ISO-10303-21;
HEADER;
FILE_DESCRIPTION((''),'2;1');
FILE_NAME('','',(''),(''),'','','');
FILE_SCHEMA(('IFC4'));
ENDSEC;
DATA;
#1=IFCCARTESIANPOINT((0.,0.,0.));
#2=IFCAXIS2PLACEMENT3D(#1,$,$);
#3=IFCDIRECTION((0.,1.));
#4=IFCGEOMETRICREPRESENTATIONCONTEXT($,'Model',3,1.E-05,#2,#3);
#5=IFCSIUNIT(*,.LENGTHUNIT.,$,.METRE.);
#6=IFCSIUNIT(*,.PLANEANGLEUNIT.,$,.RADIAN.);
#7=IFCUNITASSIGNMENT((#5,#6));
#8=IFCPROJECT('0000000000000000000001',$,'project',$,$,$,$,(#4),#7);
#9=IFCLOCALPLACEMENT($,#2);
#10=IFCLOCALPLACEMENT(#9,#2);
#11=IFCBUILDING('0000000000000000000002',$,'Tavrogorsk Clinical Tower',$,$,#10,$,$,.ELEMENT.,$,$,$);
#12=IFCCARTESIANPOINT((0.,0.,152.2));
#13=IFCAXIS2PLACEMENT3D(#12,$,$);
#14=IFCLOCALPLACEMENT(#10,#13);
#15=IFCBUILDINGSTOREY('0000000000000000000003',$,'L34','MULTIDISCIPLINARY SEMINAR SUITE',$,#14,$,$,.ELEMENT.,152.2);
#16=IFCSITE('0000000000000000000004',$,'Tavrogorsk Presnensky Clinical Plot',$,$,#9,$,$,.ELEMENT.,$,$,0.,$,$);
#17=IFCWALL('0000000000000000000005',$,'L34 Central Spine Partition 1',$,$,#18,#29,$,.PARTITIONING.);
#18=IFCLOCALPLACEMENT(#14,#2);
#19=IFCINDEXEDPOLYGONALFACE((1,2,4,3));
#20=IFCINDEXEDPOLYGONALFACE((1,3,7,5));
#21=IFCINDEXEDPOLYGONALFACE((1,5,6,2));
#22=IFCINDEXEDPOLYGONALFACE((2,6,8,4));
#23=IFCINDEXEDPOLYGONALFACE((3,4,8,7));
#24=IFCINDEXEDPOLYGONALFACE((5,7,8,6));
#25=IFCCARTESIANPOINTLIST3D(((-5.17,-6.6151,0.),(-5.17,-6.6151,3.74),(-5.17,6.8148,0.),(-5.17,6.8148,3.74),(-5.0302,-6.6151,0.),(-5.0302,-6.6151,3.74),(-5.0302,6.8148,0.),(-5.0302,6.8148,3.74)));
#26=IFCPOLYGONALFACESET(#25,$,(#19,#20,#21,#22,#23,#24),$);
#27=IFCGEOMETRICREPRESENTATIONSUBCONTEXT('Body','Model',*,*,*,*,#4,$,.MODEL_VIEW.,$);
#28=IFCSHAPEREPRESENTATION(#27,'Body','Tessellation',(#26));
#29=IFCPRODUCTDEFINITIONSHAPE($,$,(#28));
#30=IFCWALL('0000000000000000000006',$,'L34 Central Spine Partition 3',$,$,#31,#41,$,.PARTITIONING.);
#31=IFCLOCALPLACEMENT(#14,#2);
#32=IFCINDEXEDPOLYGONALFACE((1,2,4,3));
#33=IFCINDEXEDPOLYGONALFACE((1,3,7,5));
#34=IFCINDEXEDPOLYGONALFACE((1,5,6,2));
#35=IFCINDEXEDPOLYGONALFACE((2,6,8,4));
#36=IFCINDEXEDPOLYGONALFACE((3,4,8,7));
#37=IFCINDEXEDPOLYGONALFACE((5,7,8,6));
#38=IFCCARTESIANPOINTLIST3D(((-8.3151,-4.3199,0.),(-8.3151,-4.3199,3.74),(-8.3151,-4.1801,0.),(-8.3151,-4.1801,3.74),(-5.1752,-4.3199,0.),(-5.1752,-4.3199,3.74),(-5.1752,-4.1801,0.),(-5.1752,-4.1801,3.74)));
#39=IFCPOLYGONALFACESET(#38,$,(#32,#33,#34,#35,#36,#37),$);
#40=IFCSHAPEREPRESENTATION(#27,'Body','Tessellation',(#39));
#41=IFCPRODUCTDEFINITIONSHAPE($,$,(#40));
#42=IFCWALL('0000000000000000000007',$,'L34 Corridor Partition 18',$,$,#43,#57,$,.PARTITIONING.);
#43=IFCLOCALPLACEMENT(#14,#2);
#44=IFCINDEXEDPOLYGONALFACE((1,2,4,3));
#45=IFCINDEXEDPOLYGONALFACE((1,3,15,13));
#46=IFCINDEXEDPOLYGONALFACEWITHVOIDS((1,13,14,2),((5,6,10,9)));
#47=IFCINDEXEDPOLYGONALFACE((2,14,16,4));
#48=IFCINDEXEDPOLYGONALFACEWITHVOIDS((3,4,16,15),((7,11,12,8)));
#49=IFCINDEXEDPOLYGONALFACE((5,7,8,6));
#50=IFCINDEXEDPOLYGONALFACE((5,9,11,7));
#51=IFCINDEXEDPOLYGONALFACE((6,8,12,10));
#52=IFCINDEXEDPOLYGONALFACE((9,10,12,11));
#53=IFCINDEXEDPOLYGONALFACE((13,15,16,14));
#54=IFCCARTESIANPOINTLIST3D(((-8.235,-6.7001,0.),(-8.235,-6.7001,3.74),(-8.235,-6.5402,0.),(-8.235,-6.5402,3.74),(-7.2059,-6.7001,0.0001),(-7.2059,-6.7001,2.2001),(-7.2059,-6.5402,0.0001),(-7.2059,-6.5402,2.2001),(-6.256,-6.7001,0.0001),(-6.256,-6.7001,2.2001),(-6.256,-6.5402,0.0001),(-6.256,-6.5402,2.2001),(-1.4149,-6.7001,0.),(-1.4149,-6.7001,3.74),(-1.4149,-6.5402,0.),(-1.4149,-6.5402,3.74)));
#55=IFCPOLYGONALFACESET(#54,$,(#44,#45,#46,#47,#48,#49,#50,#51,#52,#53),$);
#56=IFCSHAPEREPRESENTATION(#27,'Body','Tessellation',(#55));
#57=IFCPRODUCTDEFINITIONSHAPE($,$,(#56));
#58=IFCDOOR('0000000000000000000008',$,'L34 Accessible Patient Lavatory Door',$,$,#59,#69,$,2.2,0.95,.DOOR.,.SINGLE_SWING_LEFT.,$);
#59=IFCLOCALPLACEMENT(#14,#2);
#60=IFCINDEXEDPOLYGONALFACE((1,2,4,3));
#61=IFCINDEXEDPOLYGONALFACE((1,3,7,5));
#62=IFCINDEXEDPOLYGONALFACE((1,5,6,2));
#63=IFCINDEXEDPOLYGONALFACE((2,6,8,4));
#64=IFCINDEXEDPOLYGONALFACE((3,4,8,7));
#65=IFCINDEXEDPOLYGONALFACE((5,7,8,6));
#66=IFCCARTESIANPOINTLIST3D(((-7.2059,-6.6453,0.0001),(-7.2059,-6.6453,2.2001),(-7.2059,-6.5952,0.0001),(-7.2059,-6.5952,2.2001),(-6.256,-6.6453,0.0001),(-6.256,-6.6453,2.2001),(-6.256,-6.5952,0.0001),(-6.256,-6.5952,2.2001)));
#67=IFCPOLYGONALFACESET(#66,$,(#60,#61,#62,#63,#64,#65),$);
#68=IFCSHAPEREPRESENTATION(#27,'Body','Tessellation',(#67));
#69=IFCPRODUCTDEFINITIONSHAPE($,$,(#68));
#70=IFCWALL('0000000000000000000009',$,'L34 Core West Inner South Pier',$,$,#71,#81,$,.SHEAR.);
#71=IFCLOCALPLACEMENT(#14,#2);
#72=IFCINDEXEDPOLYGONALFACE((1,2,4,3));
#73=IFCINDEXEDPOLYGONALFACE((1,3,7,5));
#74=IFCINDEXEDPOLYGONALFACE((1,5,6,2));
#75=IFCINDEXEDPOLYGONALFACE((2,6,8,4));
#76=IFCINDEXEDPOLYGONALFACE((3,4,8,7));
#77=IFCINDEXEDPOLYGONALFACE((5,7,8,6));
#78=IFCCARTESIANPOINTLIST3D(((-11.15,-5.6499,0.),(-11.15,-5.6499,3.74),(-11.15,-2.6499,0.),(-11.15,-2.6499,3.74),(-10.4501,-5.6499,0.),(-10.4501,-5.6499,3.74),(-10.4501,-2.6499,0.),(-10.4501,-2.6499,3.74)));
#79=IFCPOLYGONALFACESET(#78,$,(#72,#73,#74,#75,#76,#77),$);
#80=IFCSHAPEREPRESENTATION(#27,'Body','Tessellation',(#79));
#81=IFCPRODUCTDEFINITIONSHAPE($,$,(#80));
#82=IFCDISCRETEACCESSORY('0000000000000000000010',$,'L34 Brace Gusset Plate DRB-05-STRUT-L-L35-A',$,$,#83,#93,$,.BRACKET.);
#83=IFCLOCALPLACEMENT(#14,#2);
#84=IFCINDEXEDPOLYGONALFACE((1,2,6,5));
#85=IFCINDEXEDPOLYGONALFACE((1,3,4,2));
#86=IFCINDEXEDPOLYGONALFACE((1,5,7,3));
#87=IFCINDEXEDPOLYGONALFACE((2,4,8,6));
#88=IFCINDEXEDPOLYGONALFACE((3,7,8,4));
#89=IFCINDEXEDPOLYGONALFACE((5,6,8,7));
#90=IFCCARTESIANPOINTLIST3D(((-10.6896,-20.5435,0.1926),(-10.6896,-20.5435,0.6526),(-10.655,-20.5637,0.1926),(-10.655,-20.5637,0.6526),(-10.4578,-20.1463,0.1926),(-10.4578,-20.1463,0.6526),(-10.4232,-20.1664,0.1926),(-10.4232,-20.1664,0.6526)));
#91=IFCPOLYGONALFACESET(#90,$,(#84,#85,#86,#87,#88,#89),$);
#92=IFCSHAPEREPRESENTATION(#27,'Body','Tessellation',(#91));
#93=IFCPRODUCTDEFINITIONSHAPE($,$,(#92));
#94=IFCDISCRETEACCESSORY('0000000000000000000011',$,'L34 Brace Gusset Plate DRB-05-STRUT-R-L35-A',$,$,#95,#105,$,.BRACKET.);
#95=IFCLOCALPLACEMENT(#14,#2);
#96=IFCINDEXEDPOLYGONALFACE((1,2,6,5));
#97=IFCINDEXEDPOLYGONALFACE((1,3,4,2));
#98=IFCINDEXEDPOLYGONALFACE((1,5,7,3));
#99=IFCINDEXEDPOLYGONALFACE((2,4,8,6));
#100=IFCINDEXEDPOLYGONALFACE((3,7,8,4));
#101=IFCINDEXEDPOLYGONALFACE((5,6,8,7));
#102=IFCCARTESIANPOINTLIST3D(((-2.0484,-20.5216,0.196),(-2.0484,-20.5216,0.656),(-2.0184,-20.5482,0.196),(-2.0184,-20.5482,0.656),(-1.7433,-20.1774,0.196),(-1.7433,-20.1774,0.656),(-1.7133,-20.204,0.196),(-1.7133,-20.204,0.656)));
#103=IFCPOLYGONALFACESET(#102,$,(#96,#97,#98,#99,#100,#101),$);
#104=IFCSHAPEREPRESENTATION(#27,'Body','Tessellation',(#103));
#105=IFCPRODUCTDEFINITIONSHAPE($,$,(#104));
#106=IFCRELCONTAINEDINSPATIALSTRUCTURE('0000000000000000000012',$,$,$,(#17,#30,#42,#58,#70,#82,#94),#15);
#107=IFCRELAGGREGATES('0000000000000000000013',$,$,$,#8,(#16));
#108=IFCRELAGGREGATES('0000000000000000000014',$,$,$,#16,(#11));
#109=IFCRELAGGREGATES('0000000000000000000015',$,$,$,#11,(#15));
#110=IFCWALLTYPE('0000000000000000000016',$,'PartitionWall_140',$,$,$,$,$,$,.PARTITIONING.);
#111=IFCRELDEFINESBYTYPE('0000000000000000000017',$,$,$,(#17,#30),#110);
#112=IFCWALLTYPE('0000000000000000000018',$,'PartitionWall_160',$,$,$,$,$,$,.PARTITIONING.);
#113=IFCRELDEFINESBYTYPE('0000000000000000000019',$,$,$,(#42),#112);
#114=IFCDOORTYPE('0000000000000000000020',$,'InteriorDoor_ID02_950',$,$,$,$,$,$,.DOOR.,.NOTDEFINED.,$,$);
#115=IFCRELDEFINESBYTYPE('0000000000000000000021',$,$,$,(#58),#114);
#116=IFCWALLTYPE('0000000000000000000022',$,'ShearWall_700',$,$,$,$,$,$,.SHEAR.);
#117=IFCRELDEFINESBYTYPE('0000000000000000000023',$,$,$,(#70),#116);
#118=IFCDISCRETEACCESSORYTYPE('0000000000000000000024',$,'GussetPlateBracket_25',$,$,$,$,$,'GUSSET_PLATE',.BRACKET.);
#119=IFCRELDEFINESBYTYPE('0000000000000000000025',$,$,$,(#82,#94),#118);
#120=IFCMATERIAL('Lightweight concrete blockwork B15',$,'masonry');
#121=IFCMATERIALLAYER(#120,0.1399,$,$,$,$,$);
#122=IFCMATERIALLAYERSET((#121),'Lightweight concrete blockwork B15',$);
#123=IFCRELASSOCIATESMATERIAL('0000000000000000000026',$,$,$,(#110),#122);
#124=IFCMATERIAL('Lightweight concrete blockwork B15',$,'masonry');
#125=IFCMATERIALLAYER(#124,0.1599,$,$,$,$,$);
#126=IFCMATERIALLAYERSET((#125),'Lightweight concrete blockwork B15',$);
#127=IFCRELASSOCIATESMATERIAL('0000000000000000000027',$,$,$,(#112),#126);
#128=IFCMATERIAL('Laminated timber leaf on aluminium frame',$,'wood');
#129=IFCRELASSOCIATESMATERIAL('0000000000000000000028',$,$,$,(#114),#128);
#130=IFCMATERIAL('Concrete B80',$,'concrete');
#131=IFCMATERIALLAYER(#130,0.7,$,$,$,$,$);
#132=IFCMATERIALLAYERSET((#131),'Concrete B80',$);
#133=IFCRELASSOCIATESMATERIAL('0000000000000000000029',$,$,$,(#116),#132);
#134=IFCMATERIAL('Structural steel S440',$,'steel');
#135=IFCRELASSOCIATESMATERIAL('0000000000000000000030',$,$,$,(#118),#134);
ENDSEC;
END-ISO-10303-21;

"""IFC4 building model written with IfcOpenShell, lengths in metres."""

from ifc_helpers import new_model, si_unit, direction, frame, frame_2d, origin, origin_2d, place, context, subcontext, project, spatial, rectangle, extrude, material, layer, layer_set, type_object, element, fill, save


model = new_model("IFC4")

# Units and contexts
model_context = context("Model", 3, precision=1e-05, world=origin(), true_north=direction((0.0, 1.0)))
body_context = subcontext(model_context, "Body", "Model", "MODEL_VIEW")
ifc_project = project(units=[si_unit("LENGTHUNIT", "METRE"), si_unit("PLANEANGLEUNIT", "RADIAN")], contexts=[model_context])

# Site, building, storey
site_placement = place(None, origin())
site = spatial("IfcSite", under=ifc_project, at=site_placement, Name="Tavrogorsk Presnensky Clinical Plot", CompositionType="ELEMENT", RefElevation=0.0)
building_placement = place(site_placement, origin())
building = spatial("IfcBuilding", under=site, at=building_placement, Name="Tavrogorsk Clinical Tower", CompositionType="ELEMENT")
storey_placement = place(building_placement, frame((0.0, 0.0, 152.2)))
storey = spatial("IfcBuildingStorey", under=building, at=storey_placement, Name="L34", Description="MULTIDISCIPLINARY SEMINAR SUITE", CompositionType="ELEMENT", Elevation=152.2)

# Walls
ifc_material_1 = material(Name="Lightweight concrete blockwork B15", Category="masonry")
ifc_layer_1 = layer(ifc_material_1, 0.1399)
ifc_layer_set_1 = layer_set([ifc_layer_1], Name="Lightweight concrete blockwork B15")
wall_type_1 = type_object("IfcWallType", Name="PartitionWall_140", PredefinedType="PARTITIONING", material=ifc_layer_set_1)
wall_1_placement = place(storey_placement, frame((-5.1001, -6.615, 0.0), z_axis=(0.0, 0.0, 1.0), x_axis=(0.0, 1.0, 0.0)))
element("IfcWall", 1, at=wall_1_placement, inside=storey, type_object=wall_type_1, Name="L34 Central Spine Partition 1", PredefinedType="PARTITIONING", context=body_context, shape_type="SweptSolid", body=[
    extrude(rectangle(XDim=13.4299, YDim=0.1399, at=frame_2d((6.7148, 0.0))), origin(), (0.0, 0.0, 1.0), 3.74),
])
wall_2_placement = place(storey_placement, frame((-8.3149, -4.25, 0.0), z_axis=(0.0, 0.0, 1.0), x_axis=(1.0, 0.0, 0.0)))
element("IfcWall", 2, at=wall_2_placement, inside=storey, type_object=wall_type_1, Name="L34 Central Spine Partition 3", PredefinedType="PARTITIONING", context=body_context, shape_type="SweptSolid", body=[
    extrude(rectangle(XDim=3.1399, YDim=0.1399, at=frame_2d((1.5698, 0.0))), origin(), (0.0, 0.0, 1.0), 3.74),
])

# Wall, opening, door
ifc_material_2 = material(Name="Lightweight concrete blockwork B15", Category="masonry")
ifc_layer_2 = layer(ifc_material_2, 0.1599)
ifc_layer_set_2 = layer_set([ifc_layer_2], Name="Lightweight concrete blockwork B15")
wall_type_2 = type_object("IfcWallType", Name="PartitionWall_160", PredefinedType="PARTITIONING", material=ifc_layer_set_2)
wall_3_placement = place(storey_placement, frame((-8.2351, -6.6201, 0.0), z_axis=(0.0, 0.0, 1.0), x_axis=(1.0, 0.0, 0.0)))
wall_3 = element("IfcWall", 3, at=wall_3_placement, inside=storey, type_object=wall_type_2, Name="L34 Corridor Partition 18", PredefinedType="PARTITIONING", context=body_context, shape_type="SweptSolid", body=[
    extrude(rectangle(XDim=6.8201, YDim=0.1599, at=frame_2d((3.4102, 0.0))), origin(), (0.0, 0.0, 1.0), 3.74),
])
opening_placement = place(wall_3_placement, frame((1.0291, 0.0, 0.0)))
opening = element("IfcOpeningElement", 4, at=opening_placement, cuts=wall_3, PredefinedType="OPENING", context=body_context, shape_type="SweptSolid", body=[
    extrude(rectangle(XDim=0.95, YDim=2.2, at=frame_2d((0.4751, 1.1001))), frame((0.0, 0.0898, 0.0), z_axis=(0.0, -1.0, 0.0), x_axis=(1.0, 0.0, 0.0)), (0.0, 0.0, 1.0), 0.1799),
])
ifc_material_3 = material(Name="Laminated timber leaf on aluminium frame", Category="wood")
door_type = type_object("IfcDoorType", Name="InteriorDoor_ID02_950", OperationType="NOTDEFINED", PredefinedType="DOOR", material=ifc_material_3)
door_placement = place(opening_placement, origin())
door = element("IfcDoor", 5, at=door_placement, inside=storey, type_object=door_type, Name="L34 Accessible Patient Lavatory Door", OperationType="SINGLE_SWING_LEFT", OverallHeight=2.2, OverallWidth=0.95, PredefinedType="DOOR", context=body_context, shape_type="SweptSolid", body=[
    extrude(rectangle(XDim=0.95, YDim=2.2, at=frame_2d((0.4751, 1.1001))), frame((0.0, 0.0249, 0.0), z_axis=(0.0, -1.0, 0.0), x_axis=(1.0, 0.0, 0.0)), (0.0, 0.0, 1.0), 0.05),
])
fill(opening, door)

# Wall
ifc_material_4 = material(Name="Concrete B80", Category="concrete")
ifc_layer_3 = layer(ifc_material_4, 0.7)
ifc_layer_set_3 = layer_set([ifc_layer_3], Name="Concrete B80")
wall_type_3 = type_object("IfcWallType", Name="ShearWall_700", PredefinedType="SHEAR", material=ifc_layer_set_3)
wall_4_placement = place(storey_placement, frame((-10.8, -5.6499, 0.0), z_axis=(0.0, 0.0, 1.0), x_axis=(0.0, 1.0, 0.0)))
element("IfcWall", 6, at=wall_4_placement, inside=storey, type_object=wall_type_3, Name="L34 Core West Inner South Pier", PredefinedType="SHEAR", context=body_context, shape_type="SweptSolid", body=[
    extrude(rectangle(XDim=3.0, YDim=0.7, at=frame_2d((1.5, 0.0))), origin(), (0.0, 0.0, 1.0), 3.74),
])

# Discrete accessories
ifc_material_5 = material(Name="Structural steel S440", Category="steel")
discrete_accessory_type = type_object("IfcDiscreteAccessoryType", Name="GussetPlateBracket_25", ElementType="GUSSET_PLATE", PredefinedType="BRACKET", material=ifc_material_5)
for number, where, z_axis, x_axis, name in (
    (7, (-10.5564, -20.355, 0.1926), (0.0, 0.0, 1.0), (-0.504075, -0.86366, 0.0), "L34 Brace Gusset Plate DRB-05-STRUT-L-L35-A"),
    (8, (-1.8809, -20.3628, 0.196), (0.0, 0.0, 1.0), (-0.663273, -0.748377, 0.0), "L34 Brace Gusset Plate DRB-05-STRUT-R-L35-A"),
):
    element("IfcDiscreteAccessory", number, at=place(storey_placement, frame(where, z_axis=z_axis, x_axis=x_axis)), inside=storey, type_object=discrete_accessory_type, Name=name, PredefinedType="BRACKET", context=body_context, shape_type="SweptSolid", body=[
        extrude(rectangle(XDim=0.46, YDim=0.04, at=origin_2d()), origin(), (0.0, 0.0, 1.0), 0.46),
    ])

save(model, "model.ifc")
